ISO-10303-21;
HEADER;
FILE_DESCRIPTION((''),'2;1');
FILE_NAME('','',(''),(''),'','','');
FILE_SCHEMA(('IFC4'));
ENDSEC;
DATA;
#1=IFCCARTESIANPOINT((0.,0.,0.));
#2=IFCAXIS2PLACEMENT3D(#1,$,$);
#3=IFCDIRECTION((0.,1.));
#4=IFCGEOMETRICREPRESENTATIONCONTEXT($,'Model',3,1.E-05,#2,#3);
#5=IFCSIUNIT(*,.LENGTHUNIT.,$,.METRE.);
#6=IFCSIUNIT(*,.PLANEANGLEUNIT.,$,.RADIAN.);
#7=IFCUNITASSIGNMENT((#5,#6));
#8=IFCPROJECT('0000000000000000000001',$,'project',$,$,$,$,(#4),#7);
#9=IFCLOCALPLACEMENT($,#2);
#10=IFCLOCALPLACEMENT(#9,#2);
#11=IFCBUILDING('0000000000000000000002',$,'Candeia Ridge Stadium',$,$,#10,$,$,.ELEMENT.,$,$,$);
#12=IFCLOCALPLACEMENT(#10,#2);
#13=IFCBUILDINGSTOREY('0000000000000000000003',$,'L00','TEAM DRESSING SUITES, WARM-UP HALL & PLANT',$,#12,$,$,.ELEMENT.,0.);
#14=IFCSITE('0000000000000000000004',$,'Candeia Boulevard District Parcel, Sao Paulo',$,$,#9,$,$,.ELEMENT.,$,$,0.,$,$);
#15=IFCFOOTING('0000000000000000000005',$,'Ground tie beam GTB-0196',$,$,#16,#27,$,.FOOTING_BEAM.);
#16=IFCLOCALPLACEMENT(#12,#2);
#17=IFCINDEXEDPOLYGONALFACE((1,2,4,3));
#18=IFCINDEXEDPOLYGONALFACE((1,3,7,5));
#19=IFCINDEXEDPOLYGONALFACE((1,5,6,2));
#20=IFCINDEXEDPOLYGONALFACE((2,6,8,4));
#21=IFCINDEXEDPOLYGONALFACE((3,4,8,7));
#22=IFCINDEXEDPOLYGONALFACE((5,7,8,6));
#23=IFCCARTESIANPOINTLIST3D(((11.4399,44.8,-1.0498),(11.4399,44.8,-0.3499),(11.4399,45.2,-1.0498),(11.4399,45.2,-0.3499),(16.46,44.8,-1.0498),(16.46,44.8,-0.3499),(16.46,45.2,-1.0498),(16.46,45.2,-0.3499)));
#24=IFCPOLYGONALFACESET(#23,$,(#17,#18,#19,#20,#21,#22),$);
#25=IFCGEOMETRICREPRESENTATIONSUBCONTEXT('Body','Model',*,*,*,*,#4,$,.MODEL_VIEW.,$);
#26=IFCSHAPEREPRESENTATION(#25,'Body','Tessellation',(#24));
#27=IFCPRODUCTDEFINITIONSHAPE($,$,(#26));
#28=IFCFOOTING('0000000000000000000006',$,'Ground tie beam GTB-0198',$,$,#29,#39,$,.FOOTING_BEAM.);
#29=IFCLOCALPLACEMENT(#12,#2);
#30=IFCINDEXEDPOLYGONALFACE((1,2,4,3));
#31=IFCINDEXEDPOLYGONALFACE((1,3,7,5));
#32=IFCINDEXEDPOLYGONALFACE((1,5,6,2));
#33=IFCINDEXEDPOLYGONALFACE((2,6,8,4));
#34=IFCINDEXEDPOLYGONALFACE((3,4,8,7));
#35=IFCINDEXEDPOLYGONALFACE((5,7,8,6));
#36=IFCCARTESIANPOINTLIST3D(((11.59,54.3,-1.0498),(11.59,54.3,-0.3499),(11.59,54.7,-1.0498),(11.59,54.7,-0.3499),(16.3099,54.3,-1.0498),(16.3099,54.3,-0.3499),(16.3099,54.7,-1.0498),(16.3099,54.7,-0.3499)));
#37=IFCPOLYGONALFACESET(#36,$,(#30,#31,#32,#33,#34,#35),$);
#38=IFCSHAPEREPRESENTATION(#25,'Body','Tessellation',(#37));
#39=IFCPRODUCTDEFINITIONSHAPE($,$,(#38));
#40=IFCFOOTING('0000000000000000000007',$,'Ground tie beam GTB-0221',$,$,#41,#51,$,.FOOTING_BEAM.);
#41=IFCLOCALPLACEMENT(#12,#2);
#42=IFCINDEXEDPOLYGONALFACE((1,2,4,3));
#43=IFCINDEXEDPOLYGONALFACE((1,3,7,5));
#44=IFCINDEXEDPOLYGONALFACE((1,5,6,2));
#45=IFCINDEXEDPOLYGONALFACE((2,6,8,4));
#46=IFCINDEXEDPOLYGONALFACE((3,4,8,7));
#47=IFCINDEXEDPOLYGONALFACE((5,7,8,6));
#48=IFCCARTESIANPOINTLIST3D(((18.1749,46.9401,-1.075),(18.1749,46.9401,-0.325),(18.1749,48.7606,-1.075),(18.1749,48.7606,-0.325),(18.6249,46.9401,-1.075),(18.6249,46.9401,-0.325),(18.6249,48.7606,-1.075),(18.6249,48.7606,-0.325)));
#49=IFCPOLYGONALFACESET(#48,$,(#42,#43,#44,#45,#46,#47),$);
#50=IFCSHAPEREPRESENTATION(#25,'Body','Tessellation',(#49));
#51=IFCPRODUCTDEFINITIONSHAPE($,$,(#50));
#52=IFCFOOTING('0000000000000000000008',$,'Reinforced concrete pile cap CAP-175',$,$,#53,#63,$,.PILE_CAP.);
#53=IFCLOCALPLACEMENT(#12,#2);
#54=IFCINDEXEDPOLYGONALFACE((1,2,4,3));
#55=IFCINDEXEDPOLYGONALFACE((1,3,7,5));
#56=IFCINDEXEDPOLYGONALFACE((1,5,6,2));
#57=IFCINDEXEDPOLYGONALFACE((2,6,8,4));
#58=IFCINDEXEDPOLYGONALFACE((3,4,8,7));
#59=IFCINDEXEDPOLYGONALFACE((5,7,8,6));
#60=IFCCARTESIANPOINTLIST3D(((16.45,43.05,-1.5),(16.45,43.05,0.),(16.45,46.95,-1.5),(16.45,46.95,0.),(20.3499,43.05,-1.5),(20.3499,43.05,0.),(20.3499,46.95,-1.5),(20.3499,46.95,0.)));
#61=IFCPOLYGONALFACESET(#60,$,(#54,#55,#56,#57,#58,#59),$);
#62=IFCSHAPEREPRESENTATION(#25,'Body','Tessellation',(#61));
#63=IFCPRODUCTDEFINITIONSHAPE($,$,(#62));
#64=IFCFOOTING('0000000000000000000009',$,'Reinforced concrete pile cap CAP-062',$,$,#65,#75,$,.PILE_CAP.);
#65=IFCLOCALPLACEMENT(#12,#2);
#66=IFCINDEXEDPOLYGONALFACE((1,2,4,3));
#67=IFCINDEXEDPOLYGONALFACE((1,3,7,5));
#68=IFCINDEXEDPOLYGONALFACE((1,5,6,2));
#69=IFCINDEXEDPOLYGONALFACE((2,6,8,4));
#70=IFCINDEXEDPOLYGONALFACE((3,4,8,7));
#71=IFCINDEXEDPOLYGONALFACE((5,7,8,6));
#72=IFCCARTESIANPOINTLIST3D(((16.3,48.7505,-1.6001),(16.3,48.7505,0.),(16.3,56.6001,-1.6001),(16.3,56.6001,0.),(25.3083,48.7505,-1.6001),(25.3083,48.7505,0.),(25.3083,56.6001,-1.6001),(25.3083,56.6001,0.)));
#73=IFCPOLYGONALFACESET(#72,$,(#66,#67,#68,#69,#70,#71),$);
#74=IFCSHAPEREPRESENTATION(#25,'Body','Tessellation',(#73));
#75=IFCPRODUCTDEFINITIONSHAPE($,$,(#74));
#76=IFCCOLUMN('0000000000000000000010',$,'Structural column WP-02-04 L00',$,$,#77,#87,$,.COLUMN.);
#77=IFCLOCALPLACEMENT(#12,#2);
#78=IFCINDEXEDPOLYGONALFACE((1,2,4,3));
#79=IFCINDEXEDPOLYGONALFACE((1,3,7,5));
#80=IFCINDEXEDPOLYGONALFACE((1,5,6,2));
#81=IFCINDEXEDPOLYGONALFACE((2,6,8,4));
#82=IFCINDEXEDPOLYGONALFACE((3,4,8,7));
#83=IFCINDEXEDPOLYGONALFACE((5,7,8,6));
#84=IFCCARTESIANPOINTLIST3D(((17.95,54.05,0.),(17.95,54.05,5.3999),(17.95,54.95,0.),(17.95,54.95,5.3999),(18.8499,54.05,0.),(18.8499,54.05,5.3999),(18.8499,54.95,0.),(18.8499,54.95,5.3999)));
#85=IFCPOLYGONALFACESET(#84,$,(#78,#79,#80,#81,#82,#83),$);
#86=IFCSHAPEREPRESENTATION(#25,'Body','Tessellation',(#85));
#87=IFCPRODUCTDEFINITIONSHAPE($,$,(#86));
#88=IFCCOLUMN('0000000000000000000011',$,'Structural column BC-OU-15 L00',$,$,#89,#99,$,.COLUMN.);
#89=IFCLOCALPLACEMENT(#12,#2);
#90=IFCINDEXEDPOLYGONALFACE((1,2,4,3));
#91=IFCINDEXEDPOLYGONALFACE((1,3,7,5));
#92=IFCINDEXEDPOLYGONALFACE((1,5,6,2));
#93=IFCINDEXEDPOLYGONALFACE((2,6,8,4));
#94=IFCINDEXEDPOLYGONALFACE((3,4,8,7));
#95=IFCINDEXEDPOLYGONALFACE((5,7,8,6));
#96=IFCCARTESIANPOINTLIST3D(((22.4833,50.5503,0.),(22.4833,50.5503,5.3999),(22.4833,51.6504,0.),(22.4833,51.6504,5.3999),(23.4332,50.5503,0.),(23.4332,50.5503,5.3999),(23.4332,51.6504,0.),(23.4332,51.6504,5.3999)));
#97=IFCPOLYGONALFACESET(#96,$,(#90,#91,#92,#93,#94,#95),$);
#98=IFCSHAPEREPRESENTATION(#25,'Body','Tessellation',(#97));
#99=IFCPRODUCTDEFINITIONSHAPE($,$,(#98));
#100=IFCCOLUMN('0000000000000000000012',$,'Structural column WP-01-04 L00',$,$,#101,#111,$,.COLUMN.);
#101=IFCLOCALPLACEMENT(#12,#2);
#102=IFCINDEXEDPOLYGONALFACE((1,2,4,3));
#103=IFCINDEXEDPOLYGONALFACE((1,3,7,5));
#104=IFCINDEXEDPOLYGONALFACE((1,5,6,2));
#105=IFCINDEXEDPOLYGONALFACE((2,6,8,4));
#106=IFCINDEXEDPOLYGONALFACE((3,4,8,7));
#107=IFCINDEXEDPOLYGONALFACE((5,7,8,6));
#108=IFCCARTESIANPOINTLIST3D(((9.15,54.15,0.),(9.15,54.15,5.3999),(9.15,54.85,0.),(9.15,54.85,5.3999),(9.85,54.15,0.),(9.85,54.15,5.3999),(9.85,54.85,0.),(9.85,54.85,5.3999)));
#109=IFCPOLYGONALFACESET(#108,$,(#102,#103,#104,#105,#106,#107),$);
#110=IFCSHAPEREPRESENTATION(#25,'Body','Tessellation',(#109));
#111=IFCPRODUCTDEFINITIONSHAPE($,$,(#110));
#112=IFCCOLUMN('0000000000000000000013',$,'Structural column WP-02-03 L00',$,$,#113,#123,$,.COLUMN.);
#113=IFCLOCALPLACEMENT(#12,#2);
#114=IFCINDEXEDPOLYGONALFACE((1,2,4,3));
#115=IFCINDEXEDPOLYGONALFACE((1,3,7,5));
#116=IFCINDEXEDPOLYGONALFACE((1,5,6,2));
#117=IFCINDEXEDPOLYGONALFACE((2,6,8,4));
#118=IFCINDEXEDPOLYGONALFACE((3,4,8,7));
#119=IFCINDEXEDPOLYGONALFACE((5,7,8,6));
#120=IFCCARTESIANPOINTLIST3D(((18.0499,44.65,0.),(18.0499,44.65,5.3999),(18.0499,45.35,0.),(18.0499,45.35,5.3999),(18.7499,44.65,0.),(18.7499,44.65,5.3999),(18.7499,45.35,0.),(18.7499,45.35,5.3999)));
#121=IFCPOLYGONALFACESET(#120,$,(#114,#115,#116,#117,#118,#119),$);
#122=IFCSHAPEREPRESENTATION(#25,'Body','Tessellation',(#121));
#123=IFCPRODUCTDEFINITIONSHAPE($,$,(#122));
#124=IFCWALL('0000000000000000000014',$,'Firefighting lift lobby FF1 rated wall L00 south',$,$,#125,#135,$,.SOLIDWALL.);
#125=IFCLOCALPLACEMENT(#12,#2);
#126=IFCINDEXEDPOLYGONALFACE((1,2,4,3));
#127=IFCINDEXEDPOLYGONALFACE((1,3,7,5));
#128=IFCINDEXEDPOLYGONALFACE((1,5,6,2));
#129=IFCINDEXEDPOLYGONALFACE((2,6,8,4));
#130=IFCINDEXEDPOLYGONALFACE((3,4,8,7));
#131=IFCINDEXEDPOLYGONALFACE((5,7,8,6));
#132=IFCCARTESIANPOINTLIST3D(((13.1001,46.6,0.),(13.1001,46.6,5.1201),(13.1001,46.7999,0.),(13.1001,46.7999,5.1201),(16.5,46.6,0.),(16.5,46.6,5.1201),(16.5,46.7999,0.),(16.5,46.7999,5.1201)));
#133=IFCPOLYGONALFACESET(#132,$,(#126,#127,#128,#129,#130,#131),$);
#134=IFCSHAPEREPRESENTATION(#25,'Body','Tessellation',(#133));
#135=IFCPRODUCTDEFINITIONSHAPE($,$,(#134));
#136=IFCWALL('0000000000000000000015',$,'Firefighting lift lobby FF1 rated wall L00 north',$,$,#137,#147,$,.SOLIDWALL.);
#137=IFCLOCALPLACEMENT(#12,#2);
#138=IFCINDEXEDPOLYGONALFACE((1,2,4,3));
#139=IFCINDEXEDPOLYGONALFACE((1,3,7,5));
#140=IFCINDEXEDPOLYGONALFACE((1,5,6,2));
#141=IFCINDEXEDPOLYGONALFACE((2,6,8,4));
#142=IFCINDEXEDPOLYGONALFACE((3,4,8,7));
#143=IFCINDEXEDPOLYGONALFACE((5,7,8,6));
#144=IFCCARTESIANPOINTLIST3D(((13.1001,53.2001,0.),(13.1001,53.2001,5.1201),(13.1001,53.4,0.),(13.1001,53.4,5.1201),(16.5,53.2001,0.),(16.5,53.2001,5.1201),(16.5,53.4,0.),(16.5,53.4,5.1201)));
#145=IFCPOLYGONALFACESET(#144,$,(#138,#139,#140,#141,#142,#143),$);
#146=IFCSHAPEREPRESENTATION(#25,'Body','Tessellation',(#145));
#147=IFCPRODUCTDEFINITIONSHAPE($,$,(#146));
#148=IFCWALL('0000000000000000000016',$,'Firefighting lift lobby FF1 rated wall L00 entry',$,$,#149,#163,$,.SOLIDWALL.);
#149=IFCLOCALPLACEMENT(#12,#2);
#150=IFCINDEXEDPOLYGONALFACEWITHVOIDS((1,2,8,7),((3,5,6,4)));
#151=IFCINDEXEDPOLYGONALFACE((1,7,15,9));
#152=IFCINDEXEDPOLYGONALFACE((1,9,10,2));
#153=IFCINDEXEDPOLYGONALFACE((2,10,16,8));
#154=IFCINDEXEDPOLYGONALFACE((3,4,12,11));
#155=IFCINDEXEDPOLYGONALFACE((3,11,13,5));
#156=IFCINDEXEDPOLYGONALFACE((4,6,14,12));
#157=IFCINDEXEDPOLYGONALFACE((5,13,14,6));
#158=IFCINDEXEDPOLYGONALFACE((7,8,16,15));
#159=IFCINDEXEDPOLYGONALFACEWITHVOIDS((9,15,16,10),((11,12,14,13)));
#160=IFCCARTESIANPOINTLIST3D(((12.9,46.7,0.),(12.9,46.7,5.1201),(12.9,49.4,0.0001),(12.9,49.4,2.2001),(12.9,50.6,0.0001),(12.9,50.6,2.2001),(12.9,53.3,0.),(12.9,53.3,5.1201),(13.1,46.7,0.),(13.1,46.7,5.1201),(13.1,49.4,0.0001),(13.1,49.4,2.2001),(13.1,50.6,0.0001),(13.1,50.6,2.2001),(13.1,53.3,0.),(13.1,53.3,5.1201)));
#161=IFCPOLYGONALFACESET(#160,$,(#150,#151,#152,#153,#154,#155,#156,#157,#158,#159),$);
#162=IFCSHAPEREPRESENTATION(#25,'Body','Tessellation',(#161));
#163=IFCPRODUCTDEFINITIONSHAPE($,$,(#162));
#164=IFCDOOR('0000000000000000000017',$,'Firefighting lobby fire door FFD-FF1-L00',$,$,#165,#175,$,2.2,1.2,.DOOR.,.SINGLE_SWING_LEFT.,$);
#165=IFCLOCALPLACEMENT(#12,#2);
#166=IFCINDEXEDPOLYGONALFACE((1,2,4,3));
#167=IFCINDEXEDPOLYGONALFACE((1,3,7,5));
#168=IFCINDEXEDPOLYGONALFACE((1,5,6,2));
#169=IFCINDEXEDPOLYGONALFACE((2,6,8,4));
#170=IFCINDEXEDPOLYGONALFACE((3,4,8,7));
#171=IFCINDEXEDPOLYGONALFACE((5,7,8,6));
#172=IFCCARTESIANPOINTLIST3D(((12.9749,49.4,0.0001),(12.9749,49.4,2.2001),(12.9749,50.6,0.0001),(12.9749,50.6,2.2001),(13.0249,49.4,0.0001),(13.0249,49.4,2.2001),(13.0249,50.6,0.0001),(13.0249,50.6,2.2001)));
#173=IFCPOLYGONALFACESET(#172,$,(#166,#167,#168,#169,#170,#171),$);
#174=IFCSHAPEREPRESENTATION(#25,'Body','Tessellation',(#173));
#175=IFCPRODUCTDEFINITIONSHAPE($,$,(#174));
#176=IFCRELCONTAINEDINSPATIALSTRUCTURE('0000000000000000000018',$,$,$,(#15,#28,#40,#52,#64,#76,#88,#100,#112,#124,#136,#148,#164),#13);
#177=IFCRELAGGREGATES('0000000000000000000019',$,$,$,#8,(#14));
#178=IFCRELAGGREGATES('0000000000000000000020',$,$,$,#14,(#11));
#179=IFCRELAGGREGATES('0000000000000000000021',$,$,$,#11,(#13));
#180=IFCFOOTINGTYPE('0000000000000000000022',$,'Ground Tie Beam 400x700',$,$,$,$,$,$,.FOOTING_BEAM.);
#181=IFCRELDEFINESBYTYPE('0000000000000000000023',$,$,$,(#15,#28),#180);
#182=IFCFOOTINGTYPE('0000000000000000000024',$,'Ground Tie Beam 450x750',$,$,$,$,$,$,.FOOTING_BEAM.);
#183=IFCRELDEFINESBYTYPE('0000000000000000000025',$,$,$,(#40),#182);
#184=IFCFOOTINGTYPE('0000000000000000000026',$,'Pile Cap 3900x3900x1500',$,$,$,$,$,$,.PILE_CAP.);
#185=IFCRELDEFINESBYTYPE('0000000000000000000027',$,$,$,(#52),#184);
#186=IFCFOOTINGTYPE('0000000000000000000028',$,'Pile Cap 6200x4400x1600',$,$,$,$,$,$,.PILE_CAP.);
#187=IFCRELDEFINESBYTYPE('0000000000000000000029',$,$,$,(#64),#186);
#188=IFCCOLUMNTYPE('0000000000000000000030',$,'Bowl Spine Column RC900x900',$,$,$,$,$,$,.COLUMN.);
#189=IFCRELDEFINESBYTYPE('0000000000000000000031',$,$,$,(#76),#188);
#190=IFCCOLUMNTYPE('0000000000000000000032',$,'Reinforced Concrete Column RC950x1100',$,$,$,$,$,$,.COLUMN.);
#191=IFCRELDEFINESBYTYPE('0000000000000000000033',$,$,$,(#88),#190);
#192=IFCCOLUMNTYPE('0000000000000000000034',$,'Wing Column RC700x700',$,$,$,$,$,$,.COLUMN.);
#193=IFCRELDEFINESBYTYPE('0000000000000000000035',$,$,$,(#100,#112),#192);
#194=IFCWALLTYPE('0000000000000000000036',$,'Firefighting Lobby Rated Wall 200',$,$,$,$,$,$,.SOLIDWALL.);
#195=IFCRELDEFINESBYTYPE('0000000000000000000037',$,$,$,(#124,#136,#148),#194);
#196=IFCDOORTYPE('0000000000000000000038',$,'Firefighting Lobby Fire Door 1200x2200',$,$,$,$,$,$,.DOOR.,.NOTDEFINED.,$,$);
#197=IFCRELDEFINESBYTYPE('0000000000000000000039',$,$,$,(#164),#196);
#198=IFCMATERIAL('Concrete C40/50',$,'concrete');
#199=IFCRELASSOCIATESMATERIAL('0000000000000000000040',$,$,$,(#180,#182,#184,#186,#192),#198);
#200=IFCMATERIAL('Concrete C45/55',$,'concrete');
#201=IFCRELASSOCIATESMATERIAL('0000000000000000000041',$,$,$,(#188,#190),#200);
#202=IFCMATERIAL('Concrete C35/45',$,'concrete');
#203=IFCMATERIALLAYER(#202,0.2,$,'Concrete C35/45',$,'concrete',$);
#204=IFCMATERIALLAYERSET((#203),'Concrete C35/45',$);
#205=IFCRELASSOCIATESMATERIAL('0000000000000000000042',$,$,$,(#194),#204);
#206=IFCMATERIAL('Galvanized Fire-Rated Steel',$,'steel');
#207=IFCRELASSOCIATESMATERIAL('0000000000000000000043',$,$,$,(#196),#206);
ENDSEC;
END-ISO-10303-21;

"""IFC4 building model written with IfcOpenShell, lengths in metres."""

from ifc_helpers import new_model, si_unit, direction, frame, frame_2d, origin, origin_2d, place, context, subcontext, project, spatial, rectangle, extrude, material, layer, layer_set, material_profile, profile_set, type_object, element, fill, save


model = new_model("IFC4")

# Units and contexts
model_context = context("Model", 3, precision=1e-05, world=origin(), true_north=direction((0.0, 1.0)))
body_context = subcontext(model_context, "Body", "Model", "MODEL_VIEW")
ifc_project = project(units=[si_unit("LENGTHUNIT", "METRE"), si_unit("PLANEANGLEUNIT", "RADIAN")], contexts=[model_context])

# Site, building, storey
site_placement = place(None, origin())
site = spatial("IfcSite", under=ifc_project, at=site_placement, Name="Candeia Boulevard District Parcel, Sao Paulo", CompositionType="ELEMENT", RefElevation=0.0)
building_placement = place(site_placement, origin())
building = spatial("IfcBuilding", under=site, at=building_placement, Name="Candeia Ridge Stadium", CompositionType="ELEMENT")
storey_placement = place(building_placement, origin())
storey = spatial("IfcBuildingStorey", under=building, at=storey_placement, Name="L00", Description="TEAM DRESSING SUITES, WARM-UP HALL & PLANT", CompositionType="ELEMENT", Elevation=0.0)

# Shared definitions
ifc_material_1 = material(Name="Concrete C40/50", Category="concrete")

# Footings
footing_type_1 = type_object("IfcFootingType", Name="Ground Tie Beam 400x700", PredefinedType="FOOTING_BEAM", material=ifc_material_1)
footing_1_placement = place(storey_placement, frame((13.95, 45.0, -1.0498), z_axis=(0.0, 0.0, 1.0), x_axis=(1.0, 0.0, 0.0)))
element("IfcFooting", 1, at=footing_1_placement, inside=storey, type_object=footing_type_1, Name="Ground tie beam GTB-0196", PredefinedType="FOOTING_BEAM", context=body_context, shape_type="SweptSolid", body=[
    extrude(rectangle(XDim=5.02, YDim=0.3999, at=origin_2d()), origin(), (0.0, 0.0, 1.0), 0.7),
])
footing_2_placement = place(storey_placement, frame((13.95, 54.5, -1.0498), z_axis=(0.0, 0.0, 1.0), x_axis=(1.0, 0.0, 0.0)))
element("IfcFooting", 2, at=footing_2_placement, inside=storey, type_object=footing_type_1, Name="Ground tie beam GTB-0198", PredefinedType="FOOTING_BEAM", context=body_context, shape_type="SweptSolid", body=[
    extrude(rectangle(XDim=4.72, YDim=0.3999, at=origin_2d()), origin(), (0.0, 0.0, 1.0), 0.7),
])
footing_type_2 = type_object("IfcFootingType", Name="Ground Tie Beam 450x750", PredefinedType="FOOTING_BEAM", material=ifc_material_1)
footing_3_placement = place(storey_placement, frame((18.3999, 47.8503, -1.075), z_axis=(0.0, 0.0, 1.0), x_axis=(0.0, 1.0, 0.0)))
element("IfcFooting", 3, at=footing_3_placement, inside=storey, type_object=footing_type_2, Name="Ground tie beam GTB-0221", PredefinedType="FOOTING_BEAM", context=body_context, shape_type="SweptSolid", body=[
    extrude(rectangle(XDim=1.8206, YDim=0.45, at=origin_2d()), origin(), (0.0, 0.0, 1.0), 0.75),
])
footing_type_3 = type_object("IfcFootingType", Name="Pile Cap 3900x3900x1500", PredefinedType="PILE_CAP", material=ifc_material_1)
footing_4_placement = place(storey_placement, frame((18.3999, 45.0, -1.5), z_axis=(0.0, 0.0, 1.0), x_axis=(1.0, 0.0, 0.0)))
element("IfcFooting", 4, at=footing_4_placement, inside=storey, type_object=footing_type_3, Name="Reinforced concrete pile cap CAP-175", PredefinedType="PILE_CAP", context=body_context, shape_type="SweptSolid", body=[
    extrude(rectangle(XDim=3.8999, YDim=3.8999, at=origin_2d()), origin(), (0.0, 0.0, 1.0), 1.5),
])
footing_type_4 = type_object("IfcFootingType", Name="Pile Cap 6200x4400x1600", PredefinedType="PILE_CAP", material=ifc_material_1)
footing_5_placement = place(storey_placement, frame((20.8042, 52.6753, -1.6001), z_axis=(0.0, 0.0, 1.0), x_axis=(1.0, 0.0, 0.0)))
element("IfcFooting", 5, at=footing_5_placement, inside=storey, type_object=footing_type_4, Name="Reinforced concrete pile cap CAP-062", PredefinedType="PILE_CAP", context=body_context, shape_type="SweptSolid", body=[
    extrude(rectangle(XDim=9.0083, YDim=7.8496, at=origin_2d()), origin(), (0.0, 0.0, 1.0), 1.6001),
])

# Columns
ifc_material_2 = material(Name="Concrete C45/55", Category="concrete")
ifc_material_profile_1 = material_profile(ifc_material_2, rectangle(XDim=0.8999, YDim=0.8999, at=origin_2d()), Name="RC900x900", Category="concrete")
ifc_profile_set_1 = profile_set([ifc_material_profile_1], Name="Concrete C45/55")
column_type_1 = type_object("IfcColumnType", Name="Bowl Spine Column RC900x900", PredefinedType="COLUMN", material=ifc_profile_set_1)
column_1_placement = place(storey_placement, frame((18.3999, 54.5, 0.0), z_axis=(0.0, 0.0, 1.0), x_axis=(1.0, 0.0, 0.0)))
element("IfcColumn", 6, at=column_1_placement, inside=storey, type_object=column_type_1, Name="Structural column WP-02-04 L00", PredefinedType="COLUMN", context=body_context, shape_type="SweptSolid", body=[
    extrude(rectangle(XDim=0.8999, YDim=0.8999, at=origin_2d()), origin(), (0.0, 0.0, 1.0), 5.3999),
])
ifc_material_profile_2 = material_profile(ifc_material_2, rectangle(XDim=0.95, YDim=1.1001, at=origin_2d()), Name="RC950x1100", Category="concrete")
ifc_profile_set_2 = profile_set([ifc_material_profile_2], Name="Concrete C45/55")
column_type_2 = type_object("IfcColumnType", Name="Reinforced Concrete Column RC950x1100", PredefinedType="COLUMN", material=ifc_profile_set_2)
column_2_placement = place(storey_placement, frame((22.9583, 51.1003, 0.0), z_axis=(0.0, 0.0, 1.0), x_axis=(1.0, 0.0, 0.0)))
element("IfcColumn", 7, at=column_2_placement, inside=storey, type_object=column_type_2, Name="Structural column BC-OU-15 L00", PredefinedType="COLUMN", context=body_context, shape_type="SweptSolid", body=[
    extrude(rectangle(XDim=0.95, YDim=1.1001, at=origin_2d()), origin(), (0.0, 0.0, 1.0), 5.3999),
])
ifc_material_profile_3 = material_profile(ifc_material_1, rectangle(XDim=0.7, YDim=0.7, at=origin_2d()), Name="RC700x700", Category="concrete")
ifc_profile_set_3 = profile_set([ifc_material_profile_3], Name="Concrete C40/50")
column_type_3 = type_object("IfcColumnType", Name="Wing Column RC700x700", PredefinedType="COLUMN", material=ifc_profile_set_3)
for number, where, z_axis, x_axis, name in (
    (8, (9.5, 54.5, 0.0), (0.0, 0.0, 1.0), (1.0, 0.0, 0.0), "Structural column WP-01-04 L00"),
    (9, (18.3999, 45.0, 0.0), (0.0, 0.0, 1.0), (1.0, 0.0, 0.0), "Structural column WP-02-03 L00"),
):
    element("IfcColumn", number, at=place(storey_placement, frame(where, z_axis=z_axis, x_axis=x_axis)), inside=storey, type_object=column_type_3, Name=name, PredefinedType="COLUMN", context=body_context, shape_type="SweptSolid", body=[
        extrude(rectangle(XDim=0.7, YDim=0.7, at=origin_2d()), origin(), (0.0, 0.0, 1.0), 5.3999),
    ])

# Walls
ifc_material_3 = material(Name="Concrete C35/45", Category="concrete")
ifc_layer_1 = layer(ifc_material_3, 0.2, Name="Concrete C35/45", Category="concrete")
ifc_layer_set_1 = layer_set([ifc_layer_1], Name="Concrete C35/45")
wall_type_1 = type_object("IfcWallType", Name="Firefighting Lobby Rated Wall 200", PredefinedType="SOLIDWALL", material=ifc_layer_set_1)
for number, where, z_axis, x_axis, name in (
    (10, (13.1001, 46.7, 0.0), (0.0, 0.0, 1.0), (1.0, 0.0, 0.0), "Firefighting lift lobby FF1 rated wall L00 south"),
    (11, (16.5, 53.3, 0.0), (0.0, 0.0, 1.0), (-1.0, 0.0, 0.0), "Firefighting lift lobby FF1 rated wall L00 north"),
):
    element("IfcWall", number, at=place(storey_placement, frame(where, z_axis=z_axis, x_axis=x_axis)), inside=storey, type_object=wall_type_1, Name=name, PredefinedType="SOLIDWALL", context=body_context, shape_type="SweptSolid", body=[
        extrude(rectangle(XDim=3.3999, YDim=0.2, at=frame_2d((1.7, 0.0))), origin(), (0.0, 0.0, 1.0), 5.1201),
    ])

# Wall, opening, door
wall_1_placement = place(storey_placement, frame((13.0, 53.3, 0.0), z_axis=(0.0, 0.0, 1.0), x_axis=(0.0, -1.0, 0.0)))
wall_1 = element("IfcWall", 12, at=wall_1_placement, inside=storey, type_object=wall_type_1, Name="Firefighting lift lobby FF1 rated wall L00 entry", PredefinedType="SOLIDWALL", context=body_context, shape_type="SweptSolid", body=[
    extrude(rectangle(XDim=6.6001, YDim=0.2, at=frame_2d((3.3, 0.0))), origin(), (0.0, 0.0, 1.0), 5.1201),
])
opening_1_placement = place(wall_1_placement, frame((2.7, 0.0, 0.0)))
opening_1 = element("IfcOpeningElement", 13, at=opening_1_placement, cuts=wall_1, PredefinedType="OPENING", context=body_context, shape_type="SweptSolid", body=[
    extrude(rectangle(XDim=1.2, YDim=2.2, at=frame_2d((0.6001, 1.1001))), frame((0.0, 0.1099, 0.0), z_axis=(0.0, -1.0, 0.0), x_axis=(1.0, 0.0, 0.0)), (0.0, 0.0, 1.0), 0.22),
])
ifc_material_4 = material(Name="Galvanized Fire-Rated Steel", Category="steel")
door_type_1 = type_object("IfcDoorType", Name="Firefighting Lobby Fire Door 1200x2200", OperationType="NOTDEFINED", PredefinedType="DOOR", material=ifc_material_4)
door_1_placement = place(opening_1_placement, origin())
door_1 = element("IfcDoor", 14, at=door_1_placement, inside=storey, type_object=door_type_1, Name="Firefighting lobby fire door FFD-FF1-L00", OperationType="SINGLE_SWING_LEFT", OverallHeight=2.2, OverallWidth=1.2, PredefinedType="DOOR", context=body_context, shape_type="SweptSolid", body=[
    extrude(rectangle(XDim=1.2, YDim=2.2, at=frame_2d((0.6001, 1.1001))), frame((0.0, 0.0249, 0.0), z_axis=(0.0, -1.0, 0.0), x_axis=(1.0, 0.0, 0.0)), (0.0, 0.0, 1.0), 0.05),
])
fill(opening_1, door_1)

save(model, "model.ifc")
